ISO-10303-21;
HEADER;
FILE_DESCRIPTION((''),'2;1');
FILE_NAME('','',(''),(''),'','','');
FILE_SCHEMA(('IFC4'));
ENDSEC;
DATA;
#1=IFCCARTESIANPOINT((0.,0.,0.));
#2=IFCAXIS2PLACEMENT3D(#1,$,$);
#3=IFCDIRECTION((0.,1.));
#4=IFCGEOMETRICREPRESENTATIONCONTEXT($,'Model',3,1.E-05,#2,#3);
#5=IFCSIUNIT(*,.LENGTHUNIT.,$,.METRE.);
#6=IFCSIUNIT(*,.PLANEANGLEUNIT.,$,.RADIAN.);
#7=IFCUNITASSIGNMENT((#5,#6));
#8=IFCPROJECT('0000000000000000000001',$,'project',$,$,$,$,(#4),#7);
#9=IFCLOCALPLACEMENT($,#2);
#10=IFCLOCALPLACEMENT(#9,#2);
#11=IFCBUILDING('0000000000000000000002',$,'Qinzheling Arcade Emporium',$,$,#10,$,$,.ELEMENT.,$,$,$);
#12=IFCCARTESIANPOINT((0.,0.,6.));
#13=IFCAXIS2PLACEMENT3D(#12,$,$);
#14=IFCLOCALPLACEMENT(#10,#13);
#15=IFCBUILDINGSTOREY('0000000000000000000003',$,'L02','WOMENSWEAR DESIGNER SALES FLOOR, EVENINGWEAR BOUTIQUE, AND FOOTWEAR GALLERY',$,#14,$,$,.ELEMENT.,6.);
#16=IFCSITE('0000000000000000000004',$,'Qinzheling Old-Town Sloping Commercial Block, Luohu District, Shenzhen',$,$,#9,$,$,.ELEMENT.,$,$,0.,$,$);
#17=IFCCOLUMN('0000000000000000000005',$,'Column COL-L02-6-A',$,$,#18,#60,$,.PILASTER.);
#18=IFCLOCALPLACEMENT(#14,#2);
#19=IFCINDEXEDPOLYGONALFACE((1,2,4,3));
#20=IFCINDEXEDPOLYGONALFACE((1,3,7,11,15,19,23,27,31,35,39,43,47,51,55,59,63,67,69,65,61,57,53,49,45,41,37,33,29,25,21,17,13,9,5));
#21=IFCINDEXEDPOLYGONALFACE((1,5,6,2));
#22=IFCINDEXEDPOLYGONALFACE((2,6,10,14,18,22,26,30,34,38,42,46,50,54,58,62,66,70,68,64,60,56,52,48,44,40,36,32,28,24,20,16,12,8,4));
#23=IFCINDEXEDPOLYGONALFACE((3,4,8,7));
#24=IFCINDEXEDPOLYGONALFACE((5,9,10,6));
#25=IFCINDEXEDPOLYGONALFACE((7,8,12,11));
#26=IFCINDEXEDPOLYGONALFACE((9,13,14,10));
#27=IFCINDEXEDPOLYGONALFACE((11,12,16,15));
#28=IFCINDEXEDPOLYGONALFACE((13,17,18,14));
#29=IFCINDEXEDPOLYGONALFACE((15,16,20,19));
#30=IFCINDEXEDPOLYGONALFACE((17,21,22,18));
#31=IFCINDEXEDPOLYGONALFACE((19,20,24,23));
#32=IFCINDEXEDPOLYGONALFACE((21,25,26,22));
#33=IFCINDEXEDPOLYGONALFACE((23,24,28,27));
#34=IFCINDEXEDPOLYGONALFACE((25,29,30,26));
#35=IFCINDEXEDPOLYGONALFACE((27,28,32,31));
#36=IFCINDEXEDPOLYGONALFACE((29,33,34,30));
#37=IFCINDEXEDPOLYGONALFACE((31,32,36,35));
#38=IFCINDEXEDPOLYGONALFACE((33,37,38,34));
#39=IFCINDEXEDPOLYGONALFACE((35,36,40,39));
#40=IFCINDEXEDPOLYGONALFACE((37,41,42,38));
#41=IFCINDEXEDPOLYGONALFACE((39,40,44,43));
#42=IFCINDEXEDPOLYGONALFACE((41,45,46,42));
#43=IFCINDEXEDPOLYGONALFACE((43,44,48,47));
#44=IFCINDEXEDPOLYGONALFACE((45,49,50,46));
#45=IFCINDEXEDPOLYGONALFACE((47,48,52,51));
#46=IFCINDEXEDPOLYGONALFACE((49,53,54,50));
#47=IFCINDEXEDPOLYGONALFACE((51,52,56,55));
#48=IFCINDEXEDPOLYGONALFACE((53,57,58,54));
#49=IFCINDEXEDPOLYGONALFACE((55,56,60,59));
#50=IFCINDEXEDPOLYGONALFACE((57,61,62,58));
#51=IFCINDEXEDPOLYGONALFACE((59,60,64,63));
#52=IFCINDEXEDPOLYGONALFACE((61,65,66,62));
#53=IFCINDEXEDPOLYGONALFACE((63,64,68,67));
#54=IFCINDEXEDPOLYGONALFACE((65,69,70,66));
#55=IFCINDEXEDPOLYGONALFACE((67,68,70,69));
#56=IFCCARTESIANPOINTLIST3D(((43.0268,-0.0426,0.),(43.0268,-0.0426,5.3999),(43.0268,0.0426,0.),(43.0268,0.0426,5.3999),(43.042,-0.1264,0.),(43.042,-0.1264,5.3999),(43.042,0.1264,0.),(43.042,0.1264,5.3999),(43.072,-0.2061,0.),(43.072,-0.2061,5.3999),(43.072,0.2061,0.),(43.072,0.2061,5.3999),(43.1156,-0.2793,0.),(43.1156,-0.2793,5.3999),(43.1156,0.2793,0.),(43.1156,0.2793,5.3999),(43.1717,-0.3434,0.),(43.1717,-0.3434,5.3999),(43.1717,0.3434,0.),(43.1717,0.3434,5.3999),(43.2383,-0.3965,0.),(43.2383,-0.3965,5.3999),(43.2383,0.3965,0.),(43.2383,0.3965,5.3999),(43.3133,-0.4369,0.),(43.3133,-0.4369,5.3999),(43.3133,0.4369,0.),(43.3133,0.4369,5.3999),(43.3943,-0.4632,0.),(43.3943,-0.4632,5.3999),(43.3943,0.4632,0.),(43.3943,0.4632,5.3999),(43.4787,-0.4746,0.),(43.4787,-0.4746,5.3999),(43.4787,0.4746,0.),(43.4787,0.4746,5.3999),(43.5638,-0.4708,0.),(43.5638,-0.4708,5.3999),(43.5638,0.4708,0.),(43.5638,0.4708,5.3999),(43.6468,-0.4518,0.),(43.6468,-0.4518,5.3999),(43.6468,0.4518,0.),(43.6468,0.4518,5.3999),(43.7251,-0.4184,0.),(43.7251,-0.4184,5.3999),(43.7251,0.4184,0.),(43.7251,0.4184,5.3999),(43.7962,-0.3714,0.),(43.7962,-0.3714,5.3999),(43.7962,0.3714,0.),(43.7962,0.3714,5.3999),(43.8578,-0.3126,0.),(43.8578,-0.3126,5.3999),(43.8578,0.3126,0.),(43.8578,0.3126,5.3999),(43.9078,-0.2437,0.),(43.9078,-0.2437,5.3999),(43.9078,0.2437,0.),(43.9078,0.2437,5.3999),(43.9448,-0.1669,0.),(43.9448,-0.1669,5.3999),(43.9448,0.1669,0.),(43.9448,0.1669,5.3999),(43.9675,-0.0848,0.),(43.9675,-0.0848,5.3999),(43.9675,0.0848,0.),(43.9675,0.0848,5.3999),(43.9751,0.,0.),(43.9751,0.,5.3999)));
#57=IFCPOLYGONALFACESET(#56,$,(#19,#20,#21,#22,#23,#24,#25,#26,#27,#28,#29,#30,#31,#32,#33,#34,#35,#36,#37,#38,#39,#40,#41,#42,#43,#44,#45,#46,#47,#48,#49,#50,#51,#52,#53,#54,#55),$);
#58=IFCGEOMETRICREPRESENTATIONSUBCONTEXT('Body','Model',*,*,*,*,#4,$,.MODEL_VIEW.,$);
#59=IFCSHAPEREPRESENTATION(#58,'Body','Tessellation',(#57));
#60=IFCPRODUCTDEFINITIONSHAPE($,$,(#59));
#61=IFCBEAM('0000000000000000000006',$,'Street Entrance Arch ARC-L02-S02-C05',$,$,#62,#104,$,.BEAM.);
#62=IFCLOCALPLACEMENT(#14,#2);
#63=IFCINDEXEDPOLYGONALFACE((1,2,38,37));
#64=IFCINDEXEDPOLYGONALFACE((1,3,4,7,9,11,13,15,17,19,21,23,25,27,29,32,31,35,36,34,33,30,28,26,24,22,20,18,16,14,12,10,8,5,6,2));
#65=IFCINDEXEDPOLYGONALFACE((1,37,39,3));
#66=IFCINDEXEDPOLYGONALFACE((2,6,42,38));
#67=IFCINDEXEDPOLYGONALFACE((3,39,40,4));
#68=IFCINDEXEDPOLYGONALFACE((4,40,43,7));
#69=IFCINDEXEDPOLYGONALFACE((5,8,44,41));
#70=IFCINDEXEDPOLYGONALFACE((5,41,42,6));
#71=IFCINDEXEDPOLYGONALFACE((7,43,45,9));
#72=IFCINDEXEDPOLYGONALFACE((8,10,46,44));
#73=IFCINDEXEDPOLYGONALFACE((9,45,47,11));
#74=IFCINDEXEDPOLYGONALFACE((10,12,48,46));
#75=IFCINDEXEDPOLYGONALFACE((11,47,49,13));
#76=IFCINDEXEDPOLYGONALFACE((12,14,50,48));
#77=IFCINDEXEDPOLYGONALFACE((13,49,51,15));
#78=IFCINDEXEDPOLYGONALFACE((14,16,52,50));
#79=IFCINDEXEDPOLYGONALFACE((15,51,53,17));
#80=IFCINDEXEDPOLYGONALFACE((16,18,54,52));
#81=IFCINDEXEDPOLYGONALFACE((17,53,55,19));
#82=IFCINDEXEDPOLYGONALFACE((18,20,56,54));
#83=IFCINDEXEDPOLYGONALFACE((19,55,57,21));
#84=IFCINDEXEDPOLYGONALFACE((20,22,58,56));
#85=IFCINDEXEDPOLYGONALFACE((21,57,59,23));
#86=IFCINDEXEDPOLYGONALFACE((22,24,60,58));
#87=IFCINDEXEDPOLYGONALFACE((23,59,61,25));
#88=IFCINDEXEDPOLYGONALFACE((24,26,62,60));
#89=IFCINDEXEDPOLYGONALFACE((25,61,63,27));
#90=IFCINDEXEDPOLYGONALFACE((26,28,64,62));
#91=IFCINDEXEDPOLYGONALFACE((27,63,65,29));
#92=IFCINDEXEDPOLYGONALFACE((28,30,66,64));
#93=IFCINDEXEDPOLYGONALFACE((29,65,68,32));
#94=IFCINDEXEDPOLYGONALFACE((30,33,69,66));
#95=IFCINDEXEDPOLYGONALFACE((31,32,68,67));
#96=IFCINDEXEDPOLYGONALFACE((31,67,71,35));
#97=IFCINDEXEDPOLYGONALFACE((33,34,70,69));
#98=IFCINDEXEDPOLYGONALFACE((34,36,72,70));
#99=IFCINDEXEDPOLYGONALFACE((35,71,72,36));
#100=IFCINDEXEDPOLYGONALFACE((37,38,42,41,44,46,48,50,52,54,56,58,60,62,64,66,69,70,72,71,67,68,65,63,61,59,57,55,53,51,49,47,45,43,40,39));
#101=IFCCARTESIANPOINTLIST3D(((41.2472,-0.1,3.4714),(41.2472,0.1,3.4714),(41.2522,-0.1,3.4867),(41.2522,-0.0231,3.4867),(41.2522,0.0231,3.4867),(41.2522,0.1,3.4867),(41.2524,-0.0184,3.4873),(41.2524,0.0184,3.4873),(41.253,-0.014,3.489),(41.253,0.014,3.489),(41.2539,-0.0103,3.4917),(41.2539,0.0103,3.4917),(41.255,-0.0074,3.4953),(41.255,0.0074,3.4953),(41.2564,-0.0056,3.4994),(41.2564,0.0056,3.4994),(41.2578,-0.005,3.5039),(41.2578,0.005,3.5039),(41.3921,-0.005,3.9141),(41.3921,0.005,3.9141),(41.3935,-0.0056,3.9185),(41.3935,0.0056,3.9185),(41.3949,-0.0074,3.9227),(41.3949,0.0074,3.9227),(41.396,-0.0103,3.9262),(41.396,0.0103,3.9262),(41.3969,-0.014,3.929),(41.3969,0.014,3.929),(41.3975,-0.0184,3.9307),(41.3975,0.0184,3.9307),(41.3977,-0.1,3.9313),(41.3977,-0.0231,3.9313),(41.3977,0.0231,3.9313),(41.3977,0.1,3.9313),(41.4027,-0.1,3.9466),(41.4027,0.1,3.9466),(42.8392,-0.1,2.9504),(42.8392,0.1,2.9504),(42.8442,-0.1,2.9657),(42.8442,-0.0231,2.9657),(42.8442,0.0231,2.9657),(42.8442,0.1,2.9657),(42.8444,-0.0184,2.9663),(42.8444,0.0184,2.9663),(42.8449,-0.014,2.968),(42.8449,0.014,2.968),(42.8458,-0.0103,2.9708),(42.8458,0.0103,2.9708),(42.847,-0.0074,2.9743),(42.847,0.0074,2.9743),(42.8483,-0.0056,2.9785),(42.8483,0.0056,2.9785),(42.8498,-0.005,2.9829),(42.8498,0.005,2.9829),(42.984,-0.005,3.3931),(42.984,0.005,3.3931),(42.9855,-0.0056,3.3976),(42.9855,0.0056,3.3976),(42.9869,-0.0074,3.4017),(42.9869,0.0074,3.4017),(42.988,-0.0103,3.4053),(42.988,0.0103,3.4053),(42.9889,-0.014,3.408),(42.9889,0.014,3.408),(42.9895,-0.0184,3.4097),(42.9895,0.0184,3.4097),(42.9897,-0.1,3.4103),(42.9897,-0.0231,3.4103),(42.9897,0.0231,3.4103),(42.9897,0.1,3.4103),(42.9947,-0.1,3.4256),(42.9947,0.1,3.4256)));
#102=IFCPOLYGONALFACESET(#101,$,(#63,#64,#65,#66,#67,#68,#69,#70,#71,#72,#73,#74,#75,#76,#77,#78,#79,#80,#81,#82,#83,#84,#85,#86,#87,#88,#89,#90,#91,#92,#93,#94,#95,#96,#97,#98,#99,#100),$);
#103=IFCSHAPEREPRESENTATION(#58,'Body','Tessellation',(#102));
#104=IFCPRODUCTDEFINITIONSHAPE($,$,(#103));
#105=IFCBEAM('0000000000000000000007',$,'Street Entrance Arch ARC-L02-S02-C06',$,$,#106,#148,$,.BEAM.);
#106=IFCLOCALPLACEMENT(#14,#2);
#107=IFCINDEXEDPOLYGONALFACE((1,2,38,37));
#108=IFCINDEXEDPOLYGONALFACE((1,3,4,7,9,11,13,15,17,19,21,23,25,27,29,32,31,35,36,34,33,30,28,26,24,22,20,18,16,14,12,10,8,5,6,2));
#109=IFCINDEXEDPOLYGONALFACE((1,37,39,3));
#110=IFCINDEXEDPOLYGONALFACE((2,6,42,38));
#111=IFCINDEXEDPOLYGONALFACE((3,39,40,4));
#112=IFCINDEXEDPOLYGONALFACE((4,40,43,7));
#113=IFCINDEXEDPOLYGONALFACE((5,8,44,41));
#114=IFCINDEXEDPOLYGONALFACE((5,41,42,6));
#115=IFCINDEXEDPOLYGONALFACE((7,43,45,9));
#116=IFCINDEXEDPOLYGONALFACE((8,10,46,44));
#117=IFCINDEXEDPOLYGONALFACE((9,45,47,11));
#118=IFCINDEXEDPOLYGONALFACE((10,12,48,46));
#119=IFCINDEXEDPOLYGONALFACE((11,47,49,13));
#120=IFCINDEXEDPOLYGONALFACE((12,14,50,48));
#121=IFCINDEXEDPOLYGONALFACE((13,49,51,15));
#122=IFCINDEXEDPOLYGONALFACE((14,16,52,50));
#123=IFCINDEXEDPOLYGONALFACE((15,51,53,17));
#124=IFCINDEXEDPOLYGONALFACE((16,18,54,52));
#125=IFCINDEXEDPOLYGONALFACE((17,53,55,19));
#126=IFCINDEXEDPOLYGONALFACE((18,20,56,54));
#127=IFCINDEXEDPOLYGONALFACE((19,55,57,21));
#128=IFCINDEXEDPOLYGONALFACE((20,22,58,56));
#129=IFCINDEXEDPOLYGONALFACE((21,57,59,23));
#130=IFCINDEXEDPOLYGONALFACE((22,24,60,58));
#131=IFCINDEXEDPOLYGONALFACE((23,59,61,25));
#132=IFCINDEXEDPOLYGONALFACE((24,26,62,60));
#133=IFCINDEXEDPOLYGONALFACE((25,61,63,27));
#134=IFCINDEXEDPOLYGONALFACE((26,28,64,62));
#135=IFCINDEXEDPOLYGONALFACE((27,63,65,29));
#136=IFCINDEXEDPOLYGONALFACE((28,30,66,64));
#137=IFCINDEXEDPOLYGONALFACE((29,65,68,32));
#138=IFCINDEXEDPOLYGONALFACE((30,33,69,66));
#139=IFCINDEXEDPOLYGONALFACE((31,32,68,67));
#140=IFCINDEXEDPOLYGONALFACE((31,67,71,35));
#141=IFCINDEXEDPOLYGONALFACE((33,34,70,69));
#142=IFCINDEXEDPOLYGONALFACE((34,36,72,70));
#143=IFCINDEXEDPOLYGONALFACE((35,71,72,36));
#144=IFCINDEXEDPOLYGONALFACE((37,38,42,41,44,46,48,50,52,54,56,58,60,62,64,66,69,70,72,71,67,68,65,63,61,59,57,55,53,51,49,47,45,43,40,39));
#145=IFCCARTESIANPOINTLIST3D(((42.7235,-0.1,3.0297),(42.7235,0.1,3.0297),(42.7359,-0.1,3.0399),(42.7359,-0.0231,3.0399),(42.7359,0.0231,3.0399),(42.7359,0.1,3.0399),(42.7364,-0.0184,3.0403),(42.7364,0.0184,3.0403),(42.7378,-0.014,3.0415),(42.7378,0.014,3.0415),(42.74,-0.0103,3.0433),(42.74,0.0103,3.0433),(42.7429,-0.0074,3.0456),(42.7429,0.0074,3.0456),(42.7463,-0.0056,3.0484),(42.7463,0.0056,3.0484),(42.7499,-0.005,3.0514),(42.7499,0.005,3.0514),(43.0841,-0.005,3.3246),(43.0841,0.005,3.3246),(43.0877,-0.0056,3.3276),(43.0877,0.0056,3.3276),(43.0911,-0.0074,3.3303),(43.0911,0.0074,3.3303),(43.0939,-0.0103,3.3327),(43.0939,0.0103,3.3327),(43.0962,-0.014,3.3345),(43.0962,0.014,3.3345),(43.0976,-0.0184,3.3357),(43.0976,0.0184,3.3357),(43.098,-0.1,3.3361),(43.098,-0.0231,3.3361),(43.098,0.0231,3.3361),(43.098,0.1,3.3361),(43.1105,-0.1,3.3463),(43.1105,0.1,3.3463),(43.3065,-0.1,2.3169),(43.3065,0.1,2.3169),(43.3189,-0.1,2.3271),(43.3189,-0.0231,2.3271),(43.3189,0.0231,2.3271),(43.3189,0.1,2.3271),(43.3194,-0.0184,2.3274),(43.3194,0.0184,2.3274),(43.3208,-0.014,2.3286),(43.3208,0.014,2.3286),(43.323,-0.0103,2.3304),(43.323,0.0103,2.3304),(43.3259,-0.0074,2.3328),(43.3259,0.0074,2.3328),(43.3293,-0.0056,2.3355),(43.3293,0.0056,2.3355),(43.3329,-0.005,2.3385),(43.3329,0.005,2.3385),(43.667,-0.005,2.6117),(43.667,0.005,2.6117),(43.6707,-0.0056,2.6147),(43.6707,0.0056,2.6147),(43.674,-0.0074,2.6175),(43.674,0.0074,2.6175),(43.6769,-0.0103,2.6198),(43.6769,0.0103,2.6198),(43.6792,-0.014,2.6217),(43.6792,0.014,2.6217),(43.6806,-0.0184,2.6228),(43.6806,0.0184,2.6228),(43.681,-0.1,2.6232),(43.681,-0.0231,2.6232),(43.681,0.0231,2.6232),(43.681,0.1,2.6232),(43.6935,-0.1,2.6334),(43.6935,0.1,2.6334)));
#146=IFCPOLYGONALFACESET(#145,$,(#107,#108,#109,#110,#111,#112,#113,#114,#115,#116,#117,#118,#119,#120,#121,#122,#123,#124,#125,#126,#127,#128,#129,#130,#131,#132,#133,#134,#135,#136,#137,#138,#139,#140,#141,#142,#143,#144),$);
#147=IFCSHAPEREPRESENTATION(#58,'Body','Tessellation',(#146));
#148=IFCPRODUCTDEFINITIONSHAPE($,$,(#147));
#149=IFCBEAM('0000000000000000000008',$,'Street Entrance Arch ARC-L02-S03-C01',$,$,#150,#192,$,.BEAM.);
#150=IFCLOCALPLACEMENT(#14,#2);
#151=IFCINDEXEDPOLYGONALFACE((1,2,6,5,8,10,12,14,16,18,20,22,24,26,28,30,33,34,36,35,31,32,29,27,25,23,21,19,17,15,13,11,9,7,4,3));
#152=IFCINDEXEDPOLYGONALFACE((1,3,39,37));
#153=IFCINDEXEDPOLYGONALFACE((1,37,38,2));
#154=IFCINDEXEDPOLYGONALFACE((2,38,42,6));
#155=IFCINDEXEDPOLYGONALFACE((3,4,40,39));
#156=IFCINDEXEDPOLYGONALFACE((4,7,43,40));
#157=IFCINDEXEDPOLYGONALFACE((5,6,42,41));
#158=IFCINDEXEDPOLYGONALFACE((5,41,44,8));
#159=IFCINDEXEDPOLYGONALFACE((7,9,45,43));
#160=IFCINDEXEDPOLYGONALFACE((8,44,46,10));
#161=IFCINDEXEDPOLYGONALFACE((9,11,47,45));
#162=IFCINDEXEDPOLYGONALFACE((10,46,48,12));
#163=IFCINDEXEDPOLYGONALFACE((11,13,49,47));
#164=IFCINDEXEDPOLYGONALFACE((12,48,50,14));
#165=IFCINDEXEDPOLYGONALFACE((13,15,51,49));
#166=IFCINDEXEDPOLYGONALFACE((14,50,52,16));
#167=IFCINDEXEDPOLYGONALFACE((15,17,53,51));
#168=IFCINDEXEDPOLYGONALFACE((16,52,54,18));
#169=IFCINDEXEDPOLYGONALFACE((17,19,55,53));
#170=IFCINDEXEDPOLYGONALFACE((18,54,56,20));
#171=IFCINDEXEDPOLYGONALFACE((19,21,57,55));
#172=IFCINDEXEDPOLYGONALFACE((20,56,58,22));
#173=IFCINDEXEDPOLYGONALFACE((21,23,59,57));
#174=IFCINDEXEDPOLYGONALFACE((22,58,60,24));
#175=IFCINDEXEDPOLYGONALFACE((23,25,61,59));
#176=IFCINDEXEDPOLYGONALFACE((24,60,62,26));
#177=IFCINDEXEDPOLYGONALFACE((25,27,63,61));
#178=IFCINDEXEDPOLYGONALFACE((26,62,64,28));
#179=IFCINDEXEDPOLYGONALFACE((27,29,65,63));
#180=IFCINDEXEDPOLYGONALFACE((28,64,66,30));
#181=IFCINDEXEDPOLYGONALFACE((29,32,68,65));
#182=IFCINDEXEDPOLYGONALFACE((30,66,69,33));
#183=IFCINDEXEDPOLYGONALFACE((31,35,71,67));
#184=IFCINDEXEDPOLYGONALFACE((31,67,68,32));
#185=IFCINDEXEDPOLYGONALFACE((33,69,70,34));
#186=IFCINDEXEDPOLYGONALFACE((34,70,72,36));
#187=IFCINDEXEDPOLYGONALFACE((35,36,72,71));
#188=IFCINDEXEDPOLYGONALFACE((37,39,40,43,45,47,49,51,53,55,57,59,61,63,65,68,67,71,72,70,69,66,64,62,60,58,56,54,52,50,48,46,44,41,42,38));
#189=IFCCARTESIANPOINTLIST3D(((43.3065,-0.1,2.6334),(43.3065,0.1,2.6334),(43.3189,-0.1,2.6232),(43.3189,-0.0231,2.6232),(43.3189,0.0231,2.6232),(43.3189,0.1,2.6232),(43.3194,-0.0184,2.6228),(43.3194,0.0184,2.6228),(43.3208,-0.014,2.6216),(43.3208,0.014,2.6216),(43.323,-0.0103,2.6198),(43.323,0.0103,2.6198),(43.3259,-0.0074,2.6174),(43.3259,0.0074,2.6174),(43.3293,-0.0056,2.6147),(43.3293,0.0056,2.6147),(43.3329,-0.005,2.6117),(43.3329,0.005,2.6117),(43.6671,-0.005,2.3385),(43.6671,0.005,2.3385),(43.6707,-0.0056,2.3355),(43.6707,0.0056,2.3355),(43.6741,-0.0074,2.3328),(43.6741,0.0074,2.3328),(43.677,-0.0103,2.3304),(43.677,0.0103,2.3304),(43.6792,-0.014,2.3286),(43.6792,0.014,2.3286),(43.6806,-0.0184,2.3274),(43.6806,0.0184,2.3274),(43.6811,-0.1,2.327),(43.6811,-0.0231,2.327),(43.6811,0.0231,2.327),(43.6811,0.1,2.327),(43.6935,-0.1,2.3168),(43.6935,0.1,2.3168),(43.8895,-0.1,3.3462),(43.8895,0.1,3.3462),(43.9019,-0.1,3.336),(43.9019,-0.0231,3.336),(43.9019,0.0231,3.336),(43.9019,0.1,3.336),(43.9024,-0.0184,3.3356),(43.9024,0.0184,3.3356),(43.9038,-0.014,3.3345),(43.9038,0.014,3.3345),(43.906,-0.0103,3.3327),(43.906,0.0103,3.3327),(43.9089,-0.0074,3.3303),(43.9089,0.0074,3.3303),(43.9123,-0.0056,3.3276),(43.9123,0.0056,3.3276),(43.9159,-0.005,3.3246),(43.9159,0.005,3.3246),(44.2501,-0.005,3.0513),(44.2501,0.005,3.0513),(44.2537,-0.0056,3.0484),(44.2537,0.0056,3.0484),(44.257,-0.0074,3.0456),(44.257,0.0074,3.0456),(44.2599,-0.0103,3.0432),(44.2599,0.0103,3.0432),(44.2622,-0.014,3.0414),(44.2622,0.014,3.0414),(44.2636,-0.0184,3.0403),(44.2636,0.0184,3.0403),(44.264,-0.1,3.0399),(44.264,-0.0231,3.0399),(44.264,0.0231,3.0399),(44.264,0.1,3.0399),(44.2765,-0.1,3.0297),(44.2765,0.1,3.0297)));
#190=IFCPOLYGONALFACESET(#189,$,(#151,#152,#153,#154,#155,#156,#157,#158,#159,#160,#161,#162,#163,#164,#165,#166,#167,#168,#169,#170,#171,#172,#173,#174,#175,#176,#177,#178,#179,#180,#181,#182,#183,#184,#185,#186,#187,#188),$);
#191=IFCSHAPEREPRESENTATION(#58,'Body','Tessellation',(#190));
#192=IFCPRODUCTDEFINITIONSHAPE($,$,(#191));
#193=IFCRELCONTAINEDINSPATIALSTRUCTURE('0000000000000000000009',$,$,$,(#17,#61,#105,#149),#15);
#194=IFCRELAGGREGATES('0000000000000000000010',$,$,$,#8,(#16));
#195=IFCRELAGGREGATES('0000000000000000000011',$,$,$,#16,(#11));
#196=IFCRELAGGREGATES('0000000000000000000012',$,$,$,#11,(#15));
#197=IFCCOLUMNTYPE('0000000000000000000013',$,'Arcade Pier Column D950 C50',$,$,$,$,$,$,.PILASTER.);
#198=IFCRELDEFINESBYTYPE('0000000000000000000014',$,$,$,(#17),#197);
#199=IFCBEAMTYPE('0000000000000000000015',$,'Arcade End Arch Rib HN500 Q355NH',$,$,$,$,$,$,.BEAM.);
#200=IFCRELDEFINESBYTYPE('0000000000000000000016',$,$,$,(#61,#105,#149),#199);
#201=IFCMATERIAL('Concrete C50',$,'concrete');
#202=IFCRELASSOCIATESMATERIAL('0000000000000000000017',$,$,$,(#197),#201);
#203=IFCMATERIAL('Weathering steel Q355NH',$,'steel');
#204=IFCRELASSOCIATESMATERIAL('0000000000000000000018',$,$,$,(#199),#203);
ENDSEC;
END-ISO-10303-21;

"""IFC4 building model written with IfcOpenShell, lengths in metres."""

from ifc_helpers import new_model, si_unit, direction, frame, origin, origin_2d, place, context, subcontext, project, spatial, circle, i_section, extrude, material, material_profile, profile_set, type_object, element, save


model = new_model("IFC4")

# Units and contexts
model_context = context("Model", 3, precision=1e-05, world=origin(), true_north=direction((0.0, 1.0)))
body_context = subcontext(model_context, "Body", "Model", "MODEL_VIEW")
ifc_project = project(units=[si_unit("LENGTHUNIT", "METRE"), si_unit("PLANEANGLEUNIT", "RADIAN")], contexts=[model_context])

# Site, building, storey
site_placement = place(None, origin())
site = spatial("IfcSite", under=ifc_project, at=site_placement, Name="Qinzheling Old-Town Sloping Commercial Block, Luohu District, Shenzhen", CompositionType="ELEMENT", RefElevation=0.0)
building_placement = place(site_placement, origin())
building = spatial("IfcBuilding", under=site, at=building_placement, Name="Qinzheling Arcade Emporium", CompositionType="ELEMENT")
storey_placement = place(building_placement, frame((0.0, 0.0, 6.0)))
storey = spatial("IfcBuildingStorey", under=building, at=storey_placement, Name="L02", Description="WOMENSWEAR DESIGNER SALES FLOOR, EVENINGWEAR BOUTIQUE, AND FOOTWEAR GALLERY", CompositionType="ELEMENT", Elevation=6.0)

# Column
ifc_material_1 = material(Name="Concrete C50", Category="concrete")
ifc_material_profile_1 = material_profile(ifc_material_1, circle(Radius=0.4751, at=origin_2d()), Name="RC D950", Category="concrete")
ifc_profile_set_1 = profile_set([ifc_material_profile_1], Name="Concrete C50")
column_type = type_object("IfcColumnType", Name="Arcade Pier Column D950 C50", PredefinedType="PILASTER", material=ifc_profile_set_1)
column_placement = place(storey_placement, frame((43.5, 0.0, 0.0), z_axis=(0.0, 0.0, 1.0), x_axis=(1.0, 0.0, 0.0)))
element("IfcColumn", 1, at=column_placement, inside=storey, type_object=column_type, Name="Column COL-L02-6-A", PredefinedType="PILASTER", context=body_context, shape_type="SweptSolid", body=[
    extrude(circle(Radius=0.4751, at=origin_2d()), origin(), (0.0, 0.0, 1.0), 5.3999),
])

# Beams
ifc_material_2 = material(Name="Weathering steel Q355NH", Category="steel")
ifc_material_profile_2 = material_profile(ifc_material_2, i_section(OverallWidth=0.2, OverallDepth=0.5, WebThickness=0.01, FlangeThickness=0.0161, FilletRadius=0.0181, at=origin_2d()), Name="HN 500x200x10x16", Category="steel")
ifc_profile_set_2 = profile_set([ifc_material_profile_2], Name="Weathering steel Q355NH")
beam_type_1 = type_object("IfcBeamType", Name="Arcade End Arch Rib HN500 Q355NH", PredefinedType="BEAM", material=ifc_profile_set_2)
beam_1_placement = place(storey_placement, frame((41.325, 0.0, 3.709), z_axis=(0.950403, 0.0, -0.31102), x_axis=(0.0, 1.0, 0.0)))
element("IfcBeam", 2, at=beam_1_placement, inside=storey, type_object=beam_type_1, Name="Street Entrance Arch ARC-L02-S02-C05", PredefinedType="BEAM", context=body_context, shape_type="SweptSolid", body=[
    extrude(i_section(OverallWidth=0.2, OverallDepth=0.5, WebThickness=0.01, FlangeThickness=0.0161, FilletRadius=0.0181, at=origin_2d()), origin(), (0.0, 0.0, 1.0), 1.675),
])
for number, where, z_axis, x_axis, name in (
    (3, (42.917, 0.0, 3.188), (0.633065, 0.0, -0.774099), (0.0, 1.0, 0.0), "Street Entrance Arch ARC-L02-S02-C06"),
    (4, (43.5, 0.0, 2.4751), (0.633065, 0.0, 0.774099), (0.0, 1.0, 0.0), "Street Entrance Arch ARC-L02-S03-C01"),
):
    element("IfcBeam", number, at=place(storey_placement, frame(where, z_axis=z_axis, x_axis=x_axis)), inside=storey, type_object=beam_type_1, Name=name, PredefinedType="BEAM", context=body_context, shape_type="SweptSolid", body=[
        extrude(i_section(OverallWidth=0.2, OverallDepth=0.5, WebThickness=0.01, FlangeThickness=0.0161, FilletRadius=0.0181, at=origin_2d()), origin(), (0.0, 0.0, 1.0), 0.9209),
    ])

save(model, "model.ifc")
